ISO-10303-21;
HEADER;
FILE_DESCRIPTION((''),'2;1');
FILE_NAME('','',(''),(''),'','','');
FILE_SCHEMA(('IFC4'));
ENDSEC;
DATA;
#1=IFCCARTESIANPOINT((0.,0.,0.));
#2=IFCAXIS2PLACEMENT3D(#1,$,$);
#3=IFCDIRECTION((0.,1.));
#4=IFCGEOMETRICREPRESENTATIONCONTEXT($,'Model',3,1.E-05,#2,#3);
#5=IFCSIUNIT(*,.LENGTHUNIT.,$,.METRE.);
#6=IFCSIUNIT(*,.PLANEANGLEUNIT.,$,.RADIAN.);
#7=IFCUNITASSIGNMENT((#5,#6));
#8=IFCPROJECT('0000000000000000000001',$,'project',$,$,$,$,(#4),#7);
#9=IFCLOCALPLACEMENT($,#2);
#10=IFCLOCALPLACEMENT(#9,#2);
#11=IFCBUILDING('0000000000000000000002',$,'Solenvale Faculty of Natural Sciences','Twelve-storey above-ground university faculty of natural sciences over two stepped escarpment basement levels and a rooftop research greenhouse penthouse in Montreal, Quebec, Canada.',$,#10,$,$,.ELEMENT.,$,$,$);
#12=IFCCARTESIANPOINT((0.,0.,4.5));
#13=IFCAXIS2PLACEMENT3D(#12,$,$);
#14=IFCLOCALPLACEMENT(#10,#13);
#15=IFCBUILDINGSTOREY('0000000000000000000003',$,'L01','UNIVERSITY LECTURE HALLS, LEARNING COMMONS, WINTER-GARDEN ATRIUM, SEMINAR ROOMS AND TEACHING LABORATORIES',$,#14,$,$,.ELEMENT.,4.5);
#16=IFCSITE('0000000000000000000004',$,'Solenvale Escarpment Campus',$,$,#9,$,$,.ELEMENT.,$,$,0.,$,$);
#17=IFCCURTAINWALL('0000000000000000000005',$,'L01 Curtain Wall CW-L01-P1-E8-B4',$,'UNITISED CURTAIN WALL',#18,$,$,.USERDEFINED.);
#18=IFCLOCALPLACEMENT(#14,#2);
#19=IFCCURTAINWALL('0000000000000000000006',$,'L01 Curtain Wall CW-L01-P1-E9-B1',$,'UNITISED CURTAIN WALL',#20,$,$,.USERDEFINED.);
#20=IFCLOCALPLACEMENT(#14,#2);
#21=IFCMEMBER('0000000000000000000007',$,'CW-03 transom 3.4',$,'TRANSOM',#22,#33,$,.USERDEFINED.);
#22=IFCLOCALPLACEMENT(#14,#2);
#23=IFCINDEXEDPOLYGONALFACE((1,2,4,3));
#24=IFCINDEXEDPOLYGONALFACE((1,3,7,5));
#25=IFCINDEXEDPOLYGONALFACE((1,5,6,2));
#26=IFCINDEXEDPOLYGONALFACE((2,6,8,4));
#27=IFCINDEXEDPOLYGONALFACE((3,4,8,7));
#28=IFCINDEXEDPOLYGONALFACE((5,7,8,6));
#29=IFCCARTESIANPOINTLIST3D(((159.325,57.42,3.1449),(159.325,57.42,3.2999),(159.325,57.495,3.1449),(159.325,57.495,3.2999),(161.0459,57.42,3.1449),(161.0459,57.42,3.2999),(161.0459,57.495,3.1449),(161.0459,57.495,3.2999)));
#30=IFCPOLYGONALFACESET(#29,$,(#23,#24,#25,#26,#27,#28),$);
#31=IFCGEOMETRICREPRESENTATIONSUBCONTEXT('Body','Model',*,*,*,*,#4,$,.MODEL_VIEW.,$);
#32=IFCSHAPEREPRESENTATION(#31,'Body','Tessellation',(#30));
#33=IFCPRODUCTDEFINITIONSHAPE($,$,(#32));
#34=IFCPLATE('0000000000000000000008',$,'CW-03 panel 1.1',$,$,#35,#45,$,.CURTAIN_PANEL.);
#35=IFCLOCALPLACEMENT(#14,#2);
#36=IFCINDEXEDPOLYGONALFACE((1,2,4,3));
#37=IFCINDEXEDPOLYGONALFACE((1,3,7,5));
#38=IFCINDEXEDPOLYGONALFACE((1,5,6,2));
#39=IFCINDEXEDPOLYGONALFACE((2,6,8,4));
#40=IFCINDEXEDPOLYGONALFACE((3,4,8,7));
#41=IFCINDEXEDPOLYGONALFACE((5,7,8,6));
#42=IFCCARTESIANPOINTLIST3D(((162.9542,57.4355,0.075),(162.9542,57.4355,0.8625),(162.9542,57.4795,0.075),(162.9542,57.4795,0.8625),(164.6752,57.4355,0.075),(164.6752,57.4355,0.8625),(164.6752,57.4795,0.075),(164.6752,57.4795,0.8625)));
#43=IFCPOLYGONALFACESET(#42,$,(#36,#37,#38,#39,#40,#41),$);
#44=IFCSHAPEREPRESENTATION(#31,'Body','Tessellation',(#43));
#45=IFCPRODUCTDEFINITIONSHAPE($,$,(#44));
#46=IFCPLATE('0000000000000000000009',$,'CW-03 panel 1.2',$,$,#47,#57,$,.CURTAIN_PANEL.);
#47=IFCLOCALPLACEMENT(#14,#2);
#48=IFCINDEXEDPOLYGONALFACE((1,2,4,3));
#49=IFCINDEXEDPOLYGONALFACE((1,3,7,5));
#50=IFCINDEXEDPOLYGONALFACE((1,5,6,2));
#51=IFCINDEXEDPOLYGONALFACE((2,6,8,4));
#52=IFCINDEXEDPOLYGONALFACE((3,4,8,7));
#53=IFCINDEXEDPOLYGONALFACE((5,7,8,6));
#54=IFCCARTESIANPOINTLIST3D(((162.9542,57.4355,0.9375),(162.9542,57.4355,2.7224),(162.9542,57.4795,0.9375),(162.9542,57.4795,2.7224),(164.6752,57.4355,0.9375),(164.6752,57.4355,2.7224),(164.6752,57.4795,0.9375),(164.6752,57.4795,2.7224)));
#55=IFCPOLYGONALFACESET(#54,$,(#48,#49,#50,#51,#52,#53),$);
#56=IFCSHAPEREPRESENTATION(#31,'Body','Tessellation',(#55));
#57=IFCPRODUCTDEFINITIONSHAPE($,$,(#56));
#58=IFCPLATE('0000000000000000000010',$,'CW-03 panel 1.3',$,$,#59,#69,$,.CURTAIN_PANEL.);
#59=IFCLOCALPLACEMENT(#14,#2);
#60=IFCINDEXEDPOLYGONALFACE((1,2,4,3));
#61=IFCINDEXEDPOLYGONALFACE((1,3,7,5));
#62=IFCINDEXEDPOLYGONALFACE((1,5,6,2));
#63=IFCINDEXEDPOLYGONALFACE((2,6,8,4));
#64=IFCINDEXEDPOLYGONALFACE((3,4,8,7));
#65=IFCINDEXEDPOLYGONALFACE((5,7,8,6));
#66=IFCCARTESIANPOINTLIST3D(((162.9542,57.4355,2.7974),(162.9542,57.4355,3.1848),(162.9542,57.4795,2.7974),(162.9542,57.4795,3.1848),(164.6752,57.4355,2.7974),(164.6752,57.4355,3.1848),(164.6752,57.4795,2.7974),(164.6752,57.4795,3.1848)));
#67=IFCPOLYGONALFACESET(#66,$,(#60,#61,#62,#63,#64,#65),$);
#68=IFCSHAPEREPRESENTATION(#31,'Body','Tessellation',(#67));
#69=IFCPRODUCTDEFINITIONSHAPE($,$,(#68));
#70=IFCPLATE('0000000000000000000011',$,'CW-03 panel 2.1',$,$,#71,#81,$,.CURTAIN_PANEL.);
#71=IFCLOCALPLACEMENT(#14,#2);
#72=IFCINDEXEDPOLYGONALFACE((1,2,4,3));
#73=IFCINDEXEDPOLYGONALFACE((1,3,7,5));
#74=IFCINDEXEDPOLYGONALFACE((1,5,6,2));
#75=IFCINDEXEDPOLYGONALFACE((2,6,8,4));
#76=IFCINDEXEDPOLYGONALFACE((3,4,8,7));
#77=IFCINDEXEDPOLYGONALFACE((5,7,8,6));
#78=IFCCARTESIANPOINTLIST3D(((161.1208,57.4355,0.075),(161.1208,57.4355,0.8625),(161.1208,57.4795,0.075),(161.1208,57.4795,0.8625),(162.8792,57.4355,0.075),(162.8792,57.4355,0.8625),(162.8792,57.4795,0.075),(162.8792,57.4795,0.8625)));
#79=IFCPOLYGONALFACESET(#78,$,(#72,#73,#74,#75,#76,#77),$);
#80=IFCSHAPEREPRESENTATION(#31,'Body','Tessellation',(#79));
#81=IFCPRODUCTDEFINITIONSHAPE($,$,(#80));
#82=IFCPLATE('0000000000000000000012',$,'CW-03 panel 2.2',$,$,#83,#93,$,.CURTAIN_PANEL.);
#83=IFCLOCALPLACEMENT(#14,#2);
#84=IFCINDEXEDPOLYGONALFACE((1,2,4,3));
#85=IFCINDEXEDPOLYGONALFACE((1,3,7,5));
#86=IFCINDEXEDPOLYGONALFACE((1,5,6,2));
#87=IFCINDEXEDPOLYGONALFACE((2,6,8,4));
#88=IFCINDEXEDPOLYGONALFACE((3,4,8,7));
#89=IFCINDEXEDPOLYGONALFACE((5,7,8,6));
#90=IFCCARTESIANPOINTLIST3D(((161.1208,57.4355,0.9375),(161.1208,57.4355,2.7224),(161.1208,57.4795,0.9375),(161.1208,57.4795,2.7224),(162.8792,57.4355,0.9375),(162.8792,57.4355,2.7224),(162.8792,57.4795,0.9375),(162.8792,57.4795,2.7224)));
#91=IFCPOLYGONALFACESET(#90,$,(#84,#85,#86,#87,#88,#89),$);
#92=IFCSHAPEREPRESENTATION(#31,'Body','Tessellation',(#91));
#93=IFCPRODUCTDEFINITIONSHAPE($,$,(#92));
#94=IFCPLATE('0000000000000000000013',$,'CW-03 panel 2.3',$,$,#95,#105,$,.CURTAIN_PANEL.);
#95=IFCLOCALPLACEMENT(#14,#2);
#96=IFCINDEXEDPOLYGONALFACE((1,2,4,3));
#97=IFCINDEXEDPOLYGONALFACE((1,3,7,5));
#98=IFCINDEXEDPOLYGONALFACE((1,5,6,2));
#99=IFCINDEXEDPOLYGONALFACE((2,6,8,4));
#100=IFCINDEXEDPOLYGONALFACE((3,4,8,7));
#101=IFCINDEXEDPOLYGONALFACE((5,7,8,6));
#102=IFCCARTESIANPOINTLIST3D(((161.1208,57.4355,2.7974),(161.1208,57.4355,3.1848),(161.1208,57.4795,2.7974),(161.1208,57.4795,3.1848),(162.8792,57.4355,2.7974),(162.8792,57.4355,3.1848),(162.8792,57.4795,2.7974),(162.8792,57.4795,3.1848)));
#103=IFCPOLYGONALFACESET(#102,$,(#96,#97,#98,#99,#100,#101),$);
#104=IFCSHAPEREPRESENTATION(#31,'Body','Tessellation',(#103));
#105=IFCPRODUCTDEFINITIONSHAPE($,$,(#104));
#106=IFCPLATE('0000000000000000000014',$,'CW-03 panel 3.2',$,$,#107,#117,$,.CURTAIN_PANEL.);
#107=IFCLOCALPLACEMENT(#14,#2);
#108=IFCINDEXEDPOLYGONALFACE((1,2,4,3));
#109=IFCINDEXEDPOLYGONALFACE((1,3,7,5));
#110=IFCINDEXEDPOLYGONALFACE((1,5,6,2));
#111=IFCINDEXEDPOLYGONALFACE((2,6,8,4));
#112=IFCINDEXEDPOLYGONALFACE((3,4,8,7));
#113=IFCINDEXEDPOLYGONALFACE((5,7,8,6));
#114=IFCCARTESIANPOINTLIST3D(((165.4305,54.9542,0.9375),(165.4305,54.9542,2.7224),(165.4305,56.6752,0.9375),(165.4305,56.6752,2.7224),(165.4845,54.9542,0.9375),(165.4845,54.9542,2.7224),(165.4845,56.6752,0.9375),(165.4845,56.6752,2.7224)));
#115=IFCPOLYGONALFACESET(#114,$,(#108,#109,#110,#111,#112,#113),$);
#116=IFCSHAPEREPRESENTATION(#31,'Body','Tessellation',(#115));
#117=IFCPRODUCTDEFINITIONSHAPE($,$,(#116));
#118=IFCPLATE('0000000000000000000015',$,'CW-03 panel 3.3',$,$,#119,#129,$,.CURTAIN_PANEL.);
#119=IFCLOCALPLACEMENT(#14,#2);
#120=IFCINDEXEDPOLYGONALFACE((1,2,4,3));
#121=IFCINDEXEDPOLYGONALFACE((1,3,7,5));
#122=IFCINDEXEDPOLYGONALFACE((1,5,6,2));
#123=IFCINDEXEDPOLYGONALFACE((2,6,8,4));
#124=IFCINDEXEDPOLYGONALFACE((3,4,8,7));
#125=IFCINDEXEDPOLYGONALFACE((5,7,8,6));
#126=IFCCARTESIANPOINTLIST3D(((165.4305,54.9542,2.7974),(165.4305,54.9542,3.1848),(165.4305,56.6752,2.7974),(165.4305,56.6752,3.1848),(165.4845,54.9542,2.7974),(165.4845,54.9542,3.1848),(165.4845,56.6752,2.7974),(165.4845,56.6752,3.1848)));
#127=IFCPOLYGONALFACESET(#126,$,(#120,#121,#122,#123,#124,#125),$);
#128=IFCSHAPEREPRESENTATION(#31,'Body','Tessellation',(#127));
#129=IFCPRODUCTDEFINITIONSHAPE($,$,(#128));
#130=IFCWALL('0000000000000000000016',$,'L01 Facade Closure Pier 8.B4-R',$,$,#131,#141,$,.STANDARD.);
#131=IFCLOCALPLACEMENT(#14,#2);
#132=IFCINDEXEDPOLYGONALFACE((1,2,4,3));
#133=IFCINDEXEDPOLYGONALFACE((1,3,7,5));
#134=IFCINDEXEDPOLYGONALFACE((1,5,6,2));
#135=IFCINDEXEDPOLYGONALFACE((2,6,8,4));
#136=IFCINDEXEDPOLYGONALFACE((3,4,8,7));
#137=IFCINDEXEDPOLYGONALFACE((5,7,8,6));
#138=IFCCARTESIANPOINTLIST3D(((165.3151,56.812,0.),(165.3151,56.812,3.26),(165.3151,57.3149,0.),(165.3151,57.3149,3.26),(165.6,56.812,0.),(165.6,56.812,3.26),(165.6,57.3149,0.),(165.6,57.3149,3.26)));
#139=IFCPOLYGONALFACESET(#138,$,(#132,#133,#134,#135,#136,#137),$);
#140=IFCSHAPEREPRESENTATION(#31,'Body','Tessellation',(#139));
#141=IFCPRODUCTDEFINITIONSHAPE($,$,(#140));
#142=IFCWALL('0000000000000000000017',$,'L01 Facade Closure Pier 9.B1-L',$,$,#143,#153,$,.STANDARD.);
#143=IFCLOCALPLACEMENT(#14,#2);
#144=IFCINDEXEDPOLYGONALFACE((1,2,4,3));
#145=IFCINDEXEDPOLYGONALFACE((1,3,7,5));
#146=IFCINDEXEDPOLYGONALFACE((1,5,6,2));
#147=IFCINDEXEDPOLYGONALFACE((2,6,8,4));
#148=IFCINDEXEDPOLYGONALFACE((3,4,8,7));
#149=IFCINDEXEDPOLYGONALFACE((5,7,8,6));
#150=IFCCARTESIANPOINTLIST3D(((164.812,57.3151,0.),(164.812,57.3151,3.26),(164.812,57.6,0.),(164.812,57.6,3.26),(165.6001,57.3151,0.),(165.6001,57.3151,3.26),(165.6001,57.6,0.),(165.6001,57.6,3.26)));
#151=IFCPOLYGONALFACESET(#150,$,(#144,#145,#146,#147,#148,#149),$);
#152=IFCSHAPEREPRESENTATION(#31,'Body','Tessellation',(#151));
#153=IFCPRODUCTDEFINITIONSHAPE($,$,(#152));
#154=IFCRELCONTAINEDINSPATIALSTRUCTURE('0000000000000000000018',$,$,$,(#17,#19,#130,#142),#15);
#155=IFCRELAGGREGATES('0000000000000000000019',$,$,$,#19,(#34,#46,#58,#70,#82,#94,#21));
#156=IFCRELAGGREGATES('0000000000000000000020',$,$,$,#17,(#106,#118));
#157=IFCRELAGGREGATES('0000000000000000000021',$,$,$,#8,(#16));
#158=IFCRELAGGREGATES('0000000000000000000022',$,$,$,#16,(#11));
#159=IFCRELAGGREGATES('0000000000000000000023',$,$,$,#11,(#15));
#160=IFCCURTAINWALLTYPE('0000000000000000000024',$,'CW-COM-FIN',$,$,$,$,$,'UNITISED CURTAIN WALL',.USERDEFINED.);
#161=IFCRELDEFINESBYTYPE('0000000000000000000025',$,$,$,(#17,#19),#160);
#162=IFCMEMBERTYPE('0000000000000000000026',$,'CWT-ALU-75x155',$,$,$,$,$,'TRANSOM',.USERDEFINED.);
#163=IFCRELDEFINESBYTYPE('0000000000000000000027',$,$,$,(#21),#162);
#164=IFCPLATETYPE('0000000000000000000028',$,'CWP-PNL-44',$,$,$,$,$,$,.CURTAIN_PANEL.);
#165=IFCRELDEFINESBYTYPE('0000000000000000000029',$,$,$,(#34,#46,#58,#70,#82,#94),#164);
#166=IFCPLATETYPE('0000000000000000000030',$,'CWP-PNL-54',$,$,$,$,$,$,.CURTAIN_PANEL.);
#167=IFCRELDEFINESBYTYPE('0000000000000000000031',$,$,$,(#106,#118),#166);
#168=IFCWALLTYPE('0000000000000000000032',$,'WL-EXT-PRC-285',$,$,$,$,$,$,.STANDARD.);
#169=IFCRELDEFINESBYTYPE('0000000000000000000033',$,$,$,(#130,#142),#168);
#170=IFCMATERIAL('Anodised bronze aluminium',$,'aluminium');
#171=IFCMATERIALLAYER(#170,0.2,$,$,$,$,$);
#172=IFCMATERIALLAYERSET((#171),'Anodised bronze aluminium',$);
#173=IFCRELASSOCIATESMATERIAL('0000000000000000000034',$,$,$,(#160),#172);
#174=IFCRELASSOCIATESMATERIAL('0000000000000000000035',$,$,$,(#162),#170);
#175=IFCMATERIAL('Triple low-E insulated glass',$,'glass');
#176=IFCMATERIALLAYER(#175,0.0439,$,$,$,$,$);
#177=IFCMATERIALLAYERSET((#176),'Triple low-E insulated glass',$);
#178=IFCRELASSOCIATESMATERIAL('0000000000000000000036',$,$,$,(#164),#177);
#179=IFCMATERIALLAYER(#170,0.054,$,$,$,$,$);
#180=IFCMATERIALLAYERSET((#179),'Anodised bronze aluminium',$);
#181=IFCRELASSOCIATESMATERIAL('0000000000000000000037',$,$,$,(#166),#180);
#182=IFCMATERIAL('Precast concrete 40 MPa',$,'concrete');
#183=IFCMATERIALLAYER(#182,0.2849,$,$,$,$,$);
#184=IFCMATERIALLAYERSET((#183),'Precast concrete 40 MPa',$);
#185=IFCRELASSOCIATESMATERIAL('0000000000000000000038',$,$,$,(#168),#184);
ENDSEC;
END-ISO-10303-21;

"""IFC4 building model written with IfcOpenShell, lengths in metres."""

from ifc_helpers import new_model, si_unit, direction, frame, frame_2d, origin, origin_2d, place, context, subcontext, project, spatial, rectangle, extrude, material, layer, layer_set, material_profile, profile_set, type_object, element, aggregate, save


model = new_model("IFC4")

# Units and contexts
model_context = context("Model", 3, precision=1e-05, world=origin(), true_north=direction((0.0, 1.0)))
body_context = subcontext(model_context, "Body", "Model", "MODEL_VIEW")
ifc_project = project(units=[si_unit("LENGTHUNIT", "METRE"), si_unit("PLANEANGLEUNIT", "RADIAN")], contexts=[model_context])

# Site, building, storey
site_placement = place(None, origin())
site = spatial("IfcSite", under=ifc_project, at=site_placement, Name="Solenvale Escarpment Campus", CompositionType="ELEMENT", RefElevation=0.0)
building_placement = place(site_placement, origin())
building = spatial("IfcBuilding", under=site, at=building_placement, Name="Solenvale Faculty of Natural Sciences", Description="Twelve-storey above-ground university faculty of natural sciences over two stepped escarpment basement levels and a rooftop research greenhouse penthouse in Montreal, Quebec, Canada.", CompositionType="ELEMENT")
storey_placement = place(building_placement, frame((0.0, 0.0, 4.5)))
storey = spatial("IfcBuildingStorey", under=building, at=storey_placement, Name="L01", Description="UNIVERSITY LECTURE HALLS, LEARNING COMMONS, WINTER-GARDEN ATRIUM, SEMINAR ROOMS AND TEACHING LABORATORIES", CompositionType="ELEMENT", Elevation=4.5)

# Curtain wall
ifc_material_1 = material(Name="Anodised bronze aluminium", Category="aluminium")
ifc_layer_1 = layer(ifc_material_1, 0.2)
ifc_layer_set_1 = layer_set([ifc_layer_1], Name="Anodised bronze aluminium")
curtain_wall_type = type_object("IfcCurtainWallType", Name="CW-COM-FIN", ElementType="UNITISED CURTAIN WALL", PredefinedType="USERDEFINED", material=ifc_layer_set_1)
curtain_wall_1_placement = place(storey_placement, origin())
curtain_wall_1 = element("IfcCurtainWall", 1, at=curtain_wall_1_placement, inside=storey, type_object=curtain_wall_type, Name="L01 Curtain Wall CW-L01-P1-E8-B4", ObjectType="UNITISED CURTAIN WALL", PredefinedType="USERDEFINED")

# Curtain wall, member, plates
curtain_wall_2_placement = place(storey_placement, origin())
curtain_wall_2 = element("IfcCurtainWall", 2, at=curtain_wall_2_placement, inside=storey, type_object=curtain_wall_type, Name="L01 Curtain Wall CW-L01-P1-E9-B1", ObjectType="UNITISED CURTAIN WALL", PredefinedType="USERDEFINED")
ifc_material_profile_1 = material_profile(ifc_material_1, rectangle(XDim=0.075, YDim=0.155, at=origin_2d()), Name="ALU-TRN-75x155")
ifc_profile_set_1 = profile_set([ifc_material_profile_1], Name="Anodised bronze aluminium")
member_type_1 = type_object("IfcMemberType", Name="CWT-ALU-75x155", ElementType="TRANSOM", PredefinedType="USERDEFINED", material=ifc_profile_set_1)
member_1_placement = place(storey_placement, frame((161.0459, 57.4575, 3.2224), z_axis=(-1.0, 0.0, 0.0), x_axis=(0.0, -1.0, 0.0)))
member_1 = element("IfcMember", 3, at=member_1_placement, type_object=member_type_1, Name="CW-03 transom 3.4", ObjectType="TRANSOM", PredefinedType="USERDEFINED", context=body_context, shape_type="SweptSolid", body=[
    extrude(rectangle(XDim=0.075, YDim=0.155, at=origin_2d()), origin(), (0.0, 0.0, 1.0), 1.7209),
])
ifc_material_2 = material(Name="Triple low-E insulated glass", Category="glass")
ifc_layer_2 = layer(ifc_material_2, 0.0439)
ifc_layer_set_2 = layer_set([ifc_layer_2], Name="Triple low-E insulated glass")
plate_type_1 = type_object("IfcPlateType", Name="CWP-PNL-44", PredefinedType="CURTAIN_PANEL", material=ifc_layer_set_2)
plate_1_placement = place(storey_placement, frame((163.8147, 57.4575, 0.075), z_axis=(0.0, 0.0, 1.0), x_axis=(-1.0, 0.0, 0.0)))
plate_1 = element("IfcPlate", 4, at=plate_1_placement, type_object=plate_type_1, Name="CW-03 panel 1.1", PredefinedType="CURTAIN_PANEL", context=body_context, shape_type="SweptSolid", body=[
    extrude(rectangle(XDim=1.7209, YDim=0.0439, at=origin_2d()), origin(), (0.0, 0.0, 1.0), 0.7876),
])
plate_2_placement = place(storey_placement, frame((163.8147, 57.4575, 0.9375), z_axis=(0.0, 0.0, 1.0), x_axis=(-1.0, 0.0, 0.0)))
plate_2 = element("IfcPlate", 5, at=plate_2_placement, type_object=plate_type_1, Name="CW-03 panel 1.2", PredefinedType="CURTAIN_PANEL", context=body_context, shape_type="SweptSolid", body=[
    extrude(rectangle(XDim=1.7209, YDim=0.0439, at=origin_2d()), origin(), (0.0, 0.0, 1.0), 1.7849),
])
plate_3_placement = place(storey_placement, frame((163.8147, 57.4575, 2.7974), z_axis=(0.0, 0.0, 1.0), x_axis=(-1.0, 0.0, 0.0)))
plate_3 = element("IfcPlate", 6, at=plate_3_placement, type_object=plate_type_1, Name="CW-03 panel 1.3", PredefinedType="CURTAIN_PANEL", context=body_context, shape_type="SweptSolid", body=[
    extrude(rectangle(XDim=1.7209, YDim=0.0439, at=origin_2d()), origin(), (0.0, 0.0, 1.0), 0.3875),
])
plate_4_placement = place(storey_placement, frame((162.0, 57.4575, 0.075), z_axis=(0.0, 0.0, 1.0), x_axis=(-1.0, 0.0, 0.0)))
plate_4 = element("IfcPlate", 7, at=plate_4_placement, type_object=plate_type_1, Name="CW-03 panel 2.1", PredefinedType="CURTAIN_PANEL", context=body_context, shape_type="SweptSolid", body=[
    extrude(rectangle(XDim=1.7583, YDim=0.0439, at=origin_2d()), origin(), (0.0, 0.0, 1.0), 0.7876),
])
plate_5_placement = place(storey_placement, frame((162.0, 57.4575, 0.9375), z_axis=(0.0, 0.0, 1.0), x_axis=(-1.0, 0.0, 0.0)))
plate_5 = element("IfcPlate", 8, at=plate_5_placement, type_object=plate_type_1, Name="CW-03 panel 2.2", PredefinedType="CURTAIN_PANEL", context=body_context, shape_type="SweptSolid", body=[
    extrude(rectangle(XDim=1.7583, YDim=0.0439, at=origin_2d()), origin(), (0.0, 0.0, 1.0), 1.7849),
])
plate_6_placement = place(storey_placement, frame((162.0, 57.4575, 2.7974), z_axis=(0.0, 0.0, 1.0), x_axis=(-1.0, 0.0, 0.0)))
plate_6 = element("IfcPlate", 9, at=plate_6_placement, type_object=plate_type_1, Name="CW-03 panel 2.3", PredefinedType="CURTAIN_PANEL", context=body_context, shape_type="SweptSolid", body=[
    extrude(rectangle(XDim=1.7583, YDim=0.0439, at=origin_2d()), origin(), (0.0, 0.0, 1.0), 0.3875),
])
aggregate(curtain_wall_2, [plate_1, plate_2, plate_3, plate_4, plate_5, plate_6, member_1])

# Plates
ifc_layer_3 = layer(ifc_material_1, 0.054)
ifc_layer_set_3 = layer_set([ifc_layer_3], Name="Anodised bronze aluminium")
plate_type_2 = type_object("IfcPlateType", Name="CWP-PNL-54", PredefinedType="CURTAIN_PANEL", material=ifc_layer_set_3)
plate_7_placement = place(storey_placement, frame((165.4575, 55.8147, 0.9375), z_axis=(0.0, 0.0, 1.0), x_axis=(0.0, 1.0, 0.0)))
plate_7 = element("IfcPlate", 10, at=plate_7_placement, type_object=plate_type_2, Name="CW-03 panel 3.2", PredefinedType="CURTAIN_PANEL", context=body_context, shape_type="SweptSolid", body=[
    extrude(rectangle(XDim=1.7209, YDim=0.054, at=origin_2d()), origin(), (0.0, 0.0, 1.0), 1.7849),
])
plate_8_placement = place(storey_placement, frame((165.4575, 55.8147, 2.7974), z_axis=(0.0, 0.0, 1.0), x_axis=(0.0, 1.0, 0.0)))
plate_8 = element("IfcPlate", 11, at=plate_8_placement, type_object=plate_type_2, Name="CW-03 panel 3.3", PredefinedType="CURTAIN_PANEL", context=body_context, shape_type="SweptSolid", body=[
    extrude(rectangle(XDim=1.7209, YDim=0.054, at=origin_2d()), origin(), (0.0, 0.0, 1.0), 0.3875),
])
aggregate(curtain_wall_1, [plate_7, plate_8])

# Walls
ifc_material_3 = material(Name="Precast concrete 40 MPa", Category="concrete")
ifc_layer_4 = layer(ifc_material_3, 0.2849)
ifc_layer_set_4 = layer_set([ifc_layer_4], Name="Precast concrete 40 MPa")
wall_type = type_object("IfcWallType", Name="WL-EXT-PRC-285", PredefinedType="STANDARD", material=ifc_layer_set_4)
wall_1_placement = place(storey_placement, frame((165.4575, 56.812, 0.0), z_axis=(0.0, 0.0, 1.0), x_axis=(0.0, 1.0, 0.0)))
element("IfcWall", 12, at=wall_1_placement, inside=storey, type_object=wall_type, Name="L01 Facade Closure Pier 8.B4-R", PredefinedType="STANDARD", context=body_context, shape_type="SweptSolid", body=[
    extrude(rectangle(XDim=0.5029, YDim=0.2849, at=frame_2d((0.2515, 0.0))), origin(), (0.0, 0.0, 1.0), 3.26),
])
wall_2_placement = place(storey_placement, frame((165.6001, 57.4575, 0.0), z_axis=(0.0, 0.0, 1.0), x_axis=(-1.0, 0.0, 0.0)))
element("IfcWall", 13, at=wall_2_placement, inside=storey, type_object=wall_type, Name="L01 Facade Closure Pier 9.B1-L", PredefinedType="STANDARD", context=body_context, shape_type="SweptSolid", body=[
    extrude(rectangle(XDim=0.7881, YDim=0.2849, at=frame_2d((0.394, 0.0))), origin(), (0.0, 0.0, 1.0), 3.26),
])

save(model, "model.ifc")
